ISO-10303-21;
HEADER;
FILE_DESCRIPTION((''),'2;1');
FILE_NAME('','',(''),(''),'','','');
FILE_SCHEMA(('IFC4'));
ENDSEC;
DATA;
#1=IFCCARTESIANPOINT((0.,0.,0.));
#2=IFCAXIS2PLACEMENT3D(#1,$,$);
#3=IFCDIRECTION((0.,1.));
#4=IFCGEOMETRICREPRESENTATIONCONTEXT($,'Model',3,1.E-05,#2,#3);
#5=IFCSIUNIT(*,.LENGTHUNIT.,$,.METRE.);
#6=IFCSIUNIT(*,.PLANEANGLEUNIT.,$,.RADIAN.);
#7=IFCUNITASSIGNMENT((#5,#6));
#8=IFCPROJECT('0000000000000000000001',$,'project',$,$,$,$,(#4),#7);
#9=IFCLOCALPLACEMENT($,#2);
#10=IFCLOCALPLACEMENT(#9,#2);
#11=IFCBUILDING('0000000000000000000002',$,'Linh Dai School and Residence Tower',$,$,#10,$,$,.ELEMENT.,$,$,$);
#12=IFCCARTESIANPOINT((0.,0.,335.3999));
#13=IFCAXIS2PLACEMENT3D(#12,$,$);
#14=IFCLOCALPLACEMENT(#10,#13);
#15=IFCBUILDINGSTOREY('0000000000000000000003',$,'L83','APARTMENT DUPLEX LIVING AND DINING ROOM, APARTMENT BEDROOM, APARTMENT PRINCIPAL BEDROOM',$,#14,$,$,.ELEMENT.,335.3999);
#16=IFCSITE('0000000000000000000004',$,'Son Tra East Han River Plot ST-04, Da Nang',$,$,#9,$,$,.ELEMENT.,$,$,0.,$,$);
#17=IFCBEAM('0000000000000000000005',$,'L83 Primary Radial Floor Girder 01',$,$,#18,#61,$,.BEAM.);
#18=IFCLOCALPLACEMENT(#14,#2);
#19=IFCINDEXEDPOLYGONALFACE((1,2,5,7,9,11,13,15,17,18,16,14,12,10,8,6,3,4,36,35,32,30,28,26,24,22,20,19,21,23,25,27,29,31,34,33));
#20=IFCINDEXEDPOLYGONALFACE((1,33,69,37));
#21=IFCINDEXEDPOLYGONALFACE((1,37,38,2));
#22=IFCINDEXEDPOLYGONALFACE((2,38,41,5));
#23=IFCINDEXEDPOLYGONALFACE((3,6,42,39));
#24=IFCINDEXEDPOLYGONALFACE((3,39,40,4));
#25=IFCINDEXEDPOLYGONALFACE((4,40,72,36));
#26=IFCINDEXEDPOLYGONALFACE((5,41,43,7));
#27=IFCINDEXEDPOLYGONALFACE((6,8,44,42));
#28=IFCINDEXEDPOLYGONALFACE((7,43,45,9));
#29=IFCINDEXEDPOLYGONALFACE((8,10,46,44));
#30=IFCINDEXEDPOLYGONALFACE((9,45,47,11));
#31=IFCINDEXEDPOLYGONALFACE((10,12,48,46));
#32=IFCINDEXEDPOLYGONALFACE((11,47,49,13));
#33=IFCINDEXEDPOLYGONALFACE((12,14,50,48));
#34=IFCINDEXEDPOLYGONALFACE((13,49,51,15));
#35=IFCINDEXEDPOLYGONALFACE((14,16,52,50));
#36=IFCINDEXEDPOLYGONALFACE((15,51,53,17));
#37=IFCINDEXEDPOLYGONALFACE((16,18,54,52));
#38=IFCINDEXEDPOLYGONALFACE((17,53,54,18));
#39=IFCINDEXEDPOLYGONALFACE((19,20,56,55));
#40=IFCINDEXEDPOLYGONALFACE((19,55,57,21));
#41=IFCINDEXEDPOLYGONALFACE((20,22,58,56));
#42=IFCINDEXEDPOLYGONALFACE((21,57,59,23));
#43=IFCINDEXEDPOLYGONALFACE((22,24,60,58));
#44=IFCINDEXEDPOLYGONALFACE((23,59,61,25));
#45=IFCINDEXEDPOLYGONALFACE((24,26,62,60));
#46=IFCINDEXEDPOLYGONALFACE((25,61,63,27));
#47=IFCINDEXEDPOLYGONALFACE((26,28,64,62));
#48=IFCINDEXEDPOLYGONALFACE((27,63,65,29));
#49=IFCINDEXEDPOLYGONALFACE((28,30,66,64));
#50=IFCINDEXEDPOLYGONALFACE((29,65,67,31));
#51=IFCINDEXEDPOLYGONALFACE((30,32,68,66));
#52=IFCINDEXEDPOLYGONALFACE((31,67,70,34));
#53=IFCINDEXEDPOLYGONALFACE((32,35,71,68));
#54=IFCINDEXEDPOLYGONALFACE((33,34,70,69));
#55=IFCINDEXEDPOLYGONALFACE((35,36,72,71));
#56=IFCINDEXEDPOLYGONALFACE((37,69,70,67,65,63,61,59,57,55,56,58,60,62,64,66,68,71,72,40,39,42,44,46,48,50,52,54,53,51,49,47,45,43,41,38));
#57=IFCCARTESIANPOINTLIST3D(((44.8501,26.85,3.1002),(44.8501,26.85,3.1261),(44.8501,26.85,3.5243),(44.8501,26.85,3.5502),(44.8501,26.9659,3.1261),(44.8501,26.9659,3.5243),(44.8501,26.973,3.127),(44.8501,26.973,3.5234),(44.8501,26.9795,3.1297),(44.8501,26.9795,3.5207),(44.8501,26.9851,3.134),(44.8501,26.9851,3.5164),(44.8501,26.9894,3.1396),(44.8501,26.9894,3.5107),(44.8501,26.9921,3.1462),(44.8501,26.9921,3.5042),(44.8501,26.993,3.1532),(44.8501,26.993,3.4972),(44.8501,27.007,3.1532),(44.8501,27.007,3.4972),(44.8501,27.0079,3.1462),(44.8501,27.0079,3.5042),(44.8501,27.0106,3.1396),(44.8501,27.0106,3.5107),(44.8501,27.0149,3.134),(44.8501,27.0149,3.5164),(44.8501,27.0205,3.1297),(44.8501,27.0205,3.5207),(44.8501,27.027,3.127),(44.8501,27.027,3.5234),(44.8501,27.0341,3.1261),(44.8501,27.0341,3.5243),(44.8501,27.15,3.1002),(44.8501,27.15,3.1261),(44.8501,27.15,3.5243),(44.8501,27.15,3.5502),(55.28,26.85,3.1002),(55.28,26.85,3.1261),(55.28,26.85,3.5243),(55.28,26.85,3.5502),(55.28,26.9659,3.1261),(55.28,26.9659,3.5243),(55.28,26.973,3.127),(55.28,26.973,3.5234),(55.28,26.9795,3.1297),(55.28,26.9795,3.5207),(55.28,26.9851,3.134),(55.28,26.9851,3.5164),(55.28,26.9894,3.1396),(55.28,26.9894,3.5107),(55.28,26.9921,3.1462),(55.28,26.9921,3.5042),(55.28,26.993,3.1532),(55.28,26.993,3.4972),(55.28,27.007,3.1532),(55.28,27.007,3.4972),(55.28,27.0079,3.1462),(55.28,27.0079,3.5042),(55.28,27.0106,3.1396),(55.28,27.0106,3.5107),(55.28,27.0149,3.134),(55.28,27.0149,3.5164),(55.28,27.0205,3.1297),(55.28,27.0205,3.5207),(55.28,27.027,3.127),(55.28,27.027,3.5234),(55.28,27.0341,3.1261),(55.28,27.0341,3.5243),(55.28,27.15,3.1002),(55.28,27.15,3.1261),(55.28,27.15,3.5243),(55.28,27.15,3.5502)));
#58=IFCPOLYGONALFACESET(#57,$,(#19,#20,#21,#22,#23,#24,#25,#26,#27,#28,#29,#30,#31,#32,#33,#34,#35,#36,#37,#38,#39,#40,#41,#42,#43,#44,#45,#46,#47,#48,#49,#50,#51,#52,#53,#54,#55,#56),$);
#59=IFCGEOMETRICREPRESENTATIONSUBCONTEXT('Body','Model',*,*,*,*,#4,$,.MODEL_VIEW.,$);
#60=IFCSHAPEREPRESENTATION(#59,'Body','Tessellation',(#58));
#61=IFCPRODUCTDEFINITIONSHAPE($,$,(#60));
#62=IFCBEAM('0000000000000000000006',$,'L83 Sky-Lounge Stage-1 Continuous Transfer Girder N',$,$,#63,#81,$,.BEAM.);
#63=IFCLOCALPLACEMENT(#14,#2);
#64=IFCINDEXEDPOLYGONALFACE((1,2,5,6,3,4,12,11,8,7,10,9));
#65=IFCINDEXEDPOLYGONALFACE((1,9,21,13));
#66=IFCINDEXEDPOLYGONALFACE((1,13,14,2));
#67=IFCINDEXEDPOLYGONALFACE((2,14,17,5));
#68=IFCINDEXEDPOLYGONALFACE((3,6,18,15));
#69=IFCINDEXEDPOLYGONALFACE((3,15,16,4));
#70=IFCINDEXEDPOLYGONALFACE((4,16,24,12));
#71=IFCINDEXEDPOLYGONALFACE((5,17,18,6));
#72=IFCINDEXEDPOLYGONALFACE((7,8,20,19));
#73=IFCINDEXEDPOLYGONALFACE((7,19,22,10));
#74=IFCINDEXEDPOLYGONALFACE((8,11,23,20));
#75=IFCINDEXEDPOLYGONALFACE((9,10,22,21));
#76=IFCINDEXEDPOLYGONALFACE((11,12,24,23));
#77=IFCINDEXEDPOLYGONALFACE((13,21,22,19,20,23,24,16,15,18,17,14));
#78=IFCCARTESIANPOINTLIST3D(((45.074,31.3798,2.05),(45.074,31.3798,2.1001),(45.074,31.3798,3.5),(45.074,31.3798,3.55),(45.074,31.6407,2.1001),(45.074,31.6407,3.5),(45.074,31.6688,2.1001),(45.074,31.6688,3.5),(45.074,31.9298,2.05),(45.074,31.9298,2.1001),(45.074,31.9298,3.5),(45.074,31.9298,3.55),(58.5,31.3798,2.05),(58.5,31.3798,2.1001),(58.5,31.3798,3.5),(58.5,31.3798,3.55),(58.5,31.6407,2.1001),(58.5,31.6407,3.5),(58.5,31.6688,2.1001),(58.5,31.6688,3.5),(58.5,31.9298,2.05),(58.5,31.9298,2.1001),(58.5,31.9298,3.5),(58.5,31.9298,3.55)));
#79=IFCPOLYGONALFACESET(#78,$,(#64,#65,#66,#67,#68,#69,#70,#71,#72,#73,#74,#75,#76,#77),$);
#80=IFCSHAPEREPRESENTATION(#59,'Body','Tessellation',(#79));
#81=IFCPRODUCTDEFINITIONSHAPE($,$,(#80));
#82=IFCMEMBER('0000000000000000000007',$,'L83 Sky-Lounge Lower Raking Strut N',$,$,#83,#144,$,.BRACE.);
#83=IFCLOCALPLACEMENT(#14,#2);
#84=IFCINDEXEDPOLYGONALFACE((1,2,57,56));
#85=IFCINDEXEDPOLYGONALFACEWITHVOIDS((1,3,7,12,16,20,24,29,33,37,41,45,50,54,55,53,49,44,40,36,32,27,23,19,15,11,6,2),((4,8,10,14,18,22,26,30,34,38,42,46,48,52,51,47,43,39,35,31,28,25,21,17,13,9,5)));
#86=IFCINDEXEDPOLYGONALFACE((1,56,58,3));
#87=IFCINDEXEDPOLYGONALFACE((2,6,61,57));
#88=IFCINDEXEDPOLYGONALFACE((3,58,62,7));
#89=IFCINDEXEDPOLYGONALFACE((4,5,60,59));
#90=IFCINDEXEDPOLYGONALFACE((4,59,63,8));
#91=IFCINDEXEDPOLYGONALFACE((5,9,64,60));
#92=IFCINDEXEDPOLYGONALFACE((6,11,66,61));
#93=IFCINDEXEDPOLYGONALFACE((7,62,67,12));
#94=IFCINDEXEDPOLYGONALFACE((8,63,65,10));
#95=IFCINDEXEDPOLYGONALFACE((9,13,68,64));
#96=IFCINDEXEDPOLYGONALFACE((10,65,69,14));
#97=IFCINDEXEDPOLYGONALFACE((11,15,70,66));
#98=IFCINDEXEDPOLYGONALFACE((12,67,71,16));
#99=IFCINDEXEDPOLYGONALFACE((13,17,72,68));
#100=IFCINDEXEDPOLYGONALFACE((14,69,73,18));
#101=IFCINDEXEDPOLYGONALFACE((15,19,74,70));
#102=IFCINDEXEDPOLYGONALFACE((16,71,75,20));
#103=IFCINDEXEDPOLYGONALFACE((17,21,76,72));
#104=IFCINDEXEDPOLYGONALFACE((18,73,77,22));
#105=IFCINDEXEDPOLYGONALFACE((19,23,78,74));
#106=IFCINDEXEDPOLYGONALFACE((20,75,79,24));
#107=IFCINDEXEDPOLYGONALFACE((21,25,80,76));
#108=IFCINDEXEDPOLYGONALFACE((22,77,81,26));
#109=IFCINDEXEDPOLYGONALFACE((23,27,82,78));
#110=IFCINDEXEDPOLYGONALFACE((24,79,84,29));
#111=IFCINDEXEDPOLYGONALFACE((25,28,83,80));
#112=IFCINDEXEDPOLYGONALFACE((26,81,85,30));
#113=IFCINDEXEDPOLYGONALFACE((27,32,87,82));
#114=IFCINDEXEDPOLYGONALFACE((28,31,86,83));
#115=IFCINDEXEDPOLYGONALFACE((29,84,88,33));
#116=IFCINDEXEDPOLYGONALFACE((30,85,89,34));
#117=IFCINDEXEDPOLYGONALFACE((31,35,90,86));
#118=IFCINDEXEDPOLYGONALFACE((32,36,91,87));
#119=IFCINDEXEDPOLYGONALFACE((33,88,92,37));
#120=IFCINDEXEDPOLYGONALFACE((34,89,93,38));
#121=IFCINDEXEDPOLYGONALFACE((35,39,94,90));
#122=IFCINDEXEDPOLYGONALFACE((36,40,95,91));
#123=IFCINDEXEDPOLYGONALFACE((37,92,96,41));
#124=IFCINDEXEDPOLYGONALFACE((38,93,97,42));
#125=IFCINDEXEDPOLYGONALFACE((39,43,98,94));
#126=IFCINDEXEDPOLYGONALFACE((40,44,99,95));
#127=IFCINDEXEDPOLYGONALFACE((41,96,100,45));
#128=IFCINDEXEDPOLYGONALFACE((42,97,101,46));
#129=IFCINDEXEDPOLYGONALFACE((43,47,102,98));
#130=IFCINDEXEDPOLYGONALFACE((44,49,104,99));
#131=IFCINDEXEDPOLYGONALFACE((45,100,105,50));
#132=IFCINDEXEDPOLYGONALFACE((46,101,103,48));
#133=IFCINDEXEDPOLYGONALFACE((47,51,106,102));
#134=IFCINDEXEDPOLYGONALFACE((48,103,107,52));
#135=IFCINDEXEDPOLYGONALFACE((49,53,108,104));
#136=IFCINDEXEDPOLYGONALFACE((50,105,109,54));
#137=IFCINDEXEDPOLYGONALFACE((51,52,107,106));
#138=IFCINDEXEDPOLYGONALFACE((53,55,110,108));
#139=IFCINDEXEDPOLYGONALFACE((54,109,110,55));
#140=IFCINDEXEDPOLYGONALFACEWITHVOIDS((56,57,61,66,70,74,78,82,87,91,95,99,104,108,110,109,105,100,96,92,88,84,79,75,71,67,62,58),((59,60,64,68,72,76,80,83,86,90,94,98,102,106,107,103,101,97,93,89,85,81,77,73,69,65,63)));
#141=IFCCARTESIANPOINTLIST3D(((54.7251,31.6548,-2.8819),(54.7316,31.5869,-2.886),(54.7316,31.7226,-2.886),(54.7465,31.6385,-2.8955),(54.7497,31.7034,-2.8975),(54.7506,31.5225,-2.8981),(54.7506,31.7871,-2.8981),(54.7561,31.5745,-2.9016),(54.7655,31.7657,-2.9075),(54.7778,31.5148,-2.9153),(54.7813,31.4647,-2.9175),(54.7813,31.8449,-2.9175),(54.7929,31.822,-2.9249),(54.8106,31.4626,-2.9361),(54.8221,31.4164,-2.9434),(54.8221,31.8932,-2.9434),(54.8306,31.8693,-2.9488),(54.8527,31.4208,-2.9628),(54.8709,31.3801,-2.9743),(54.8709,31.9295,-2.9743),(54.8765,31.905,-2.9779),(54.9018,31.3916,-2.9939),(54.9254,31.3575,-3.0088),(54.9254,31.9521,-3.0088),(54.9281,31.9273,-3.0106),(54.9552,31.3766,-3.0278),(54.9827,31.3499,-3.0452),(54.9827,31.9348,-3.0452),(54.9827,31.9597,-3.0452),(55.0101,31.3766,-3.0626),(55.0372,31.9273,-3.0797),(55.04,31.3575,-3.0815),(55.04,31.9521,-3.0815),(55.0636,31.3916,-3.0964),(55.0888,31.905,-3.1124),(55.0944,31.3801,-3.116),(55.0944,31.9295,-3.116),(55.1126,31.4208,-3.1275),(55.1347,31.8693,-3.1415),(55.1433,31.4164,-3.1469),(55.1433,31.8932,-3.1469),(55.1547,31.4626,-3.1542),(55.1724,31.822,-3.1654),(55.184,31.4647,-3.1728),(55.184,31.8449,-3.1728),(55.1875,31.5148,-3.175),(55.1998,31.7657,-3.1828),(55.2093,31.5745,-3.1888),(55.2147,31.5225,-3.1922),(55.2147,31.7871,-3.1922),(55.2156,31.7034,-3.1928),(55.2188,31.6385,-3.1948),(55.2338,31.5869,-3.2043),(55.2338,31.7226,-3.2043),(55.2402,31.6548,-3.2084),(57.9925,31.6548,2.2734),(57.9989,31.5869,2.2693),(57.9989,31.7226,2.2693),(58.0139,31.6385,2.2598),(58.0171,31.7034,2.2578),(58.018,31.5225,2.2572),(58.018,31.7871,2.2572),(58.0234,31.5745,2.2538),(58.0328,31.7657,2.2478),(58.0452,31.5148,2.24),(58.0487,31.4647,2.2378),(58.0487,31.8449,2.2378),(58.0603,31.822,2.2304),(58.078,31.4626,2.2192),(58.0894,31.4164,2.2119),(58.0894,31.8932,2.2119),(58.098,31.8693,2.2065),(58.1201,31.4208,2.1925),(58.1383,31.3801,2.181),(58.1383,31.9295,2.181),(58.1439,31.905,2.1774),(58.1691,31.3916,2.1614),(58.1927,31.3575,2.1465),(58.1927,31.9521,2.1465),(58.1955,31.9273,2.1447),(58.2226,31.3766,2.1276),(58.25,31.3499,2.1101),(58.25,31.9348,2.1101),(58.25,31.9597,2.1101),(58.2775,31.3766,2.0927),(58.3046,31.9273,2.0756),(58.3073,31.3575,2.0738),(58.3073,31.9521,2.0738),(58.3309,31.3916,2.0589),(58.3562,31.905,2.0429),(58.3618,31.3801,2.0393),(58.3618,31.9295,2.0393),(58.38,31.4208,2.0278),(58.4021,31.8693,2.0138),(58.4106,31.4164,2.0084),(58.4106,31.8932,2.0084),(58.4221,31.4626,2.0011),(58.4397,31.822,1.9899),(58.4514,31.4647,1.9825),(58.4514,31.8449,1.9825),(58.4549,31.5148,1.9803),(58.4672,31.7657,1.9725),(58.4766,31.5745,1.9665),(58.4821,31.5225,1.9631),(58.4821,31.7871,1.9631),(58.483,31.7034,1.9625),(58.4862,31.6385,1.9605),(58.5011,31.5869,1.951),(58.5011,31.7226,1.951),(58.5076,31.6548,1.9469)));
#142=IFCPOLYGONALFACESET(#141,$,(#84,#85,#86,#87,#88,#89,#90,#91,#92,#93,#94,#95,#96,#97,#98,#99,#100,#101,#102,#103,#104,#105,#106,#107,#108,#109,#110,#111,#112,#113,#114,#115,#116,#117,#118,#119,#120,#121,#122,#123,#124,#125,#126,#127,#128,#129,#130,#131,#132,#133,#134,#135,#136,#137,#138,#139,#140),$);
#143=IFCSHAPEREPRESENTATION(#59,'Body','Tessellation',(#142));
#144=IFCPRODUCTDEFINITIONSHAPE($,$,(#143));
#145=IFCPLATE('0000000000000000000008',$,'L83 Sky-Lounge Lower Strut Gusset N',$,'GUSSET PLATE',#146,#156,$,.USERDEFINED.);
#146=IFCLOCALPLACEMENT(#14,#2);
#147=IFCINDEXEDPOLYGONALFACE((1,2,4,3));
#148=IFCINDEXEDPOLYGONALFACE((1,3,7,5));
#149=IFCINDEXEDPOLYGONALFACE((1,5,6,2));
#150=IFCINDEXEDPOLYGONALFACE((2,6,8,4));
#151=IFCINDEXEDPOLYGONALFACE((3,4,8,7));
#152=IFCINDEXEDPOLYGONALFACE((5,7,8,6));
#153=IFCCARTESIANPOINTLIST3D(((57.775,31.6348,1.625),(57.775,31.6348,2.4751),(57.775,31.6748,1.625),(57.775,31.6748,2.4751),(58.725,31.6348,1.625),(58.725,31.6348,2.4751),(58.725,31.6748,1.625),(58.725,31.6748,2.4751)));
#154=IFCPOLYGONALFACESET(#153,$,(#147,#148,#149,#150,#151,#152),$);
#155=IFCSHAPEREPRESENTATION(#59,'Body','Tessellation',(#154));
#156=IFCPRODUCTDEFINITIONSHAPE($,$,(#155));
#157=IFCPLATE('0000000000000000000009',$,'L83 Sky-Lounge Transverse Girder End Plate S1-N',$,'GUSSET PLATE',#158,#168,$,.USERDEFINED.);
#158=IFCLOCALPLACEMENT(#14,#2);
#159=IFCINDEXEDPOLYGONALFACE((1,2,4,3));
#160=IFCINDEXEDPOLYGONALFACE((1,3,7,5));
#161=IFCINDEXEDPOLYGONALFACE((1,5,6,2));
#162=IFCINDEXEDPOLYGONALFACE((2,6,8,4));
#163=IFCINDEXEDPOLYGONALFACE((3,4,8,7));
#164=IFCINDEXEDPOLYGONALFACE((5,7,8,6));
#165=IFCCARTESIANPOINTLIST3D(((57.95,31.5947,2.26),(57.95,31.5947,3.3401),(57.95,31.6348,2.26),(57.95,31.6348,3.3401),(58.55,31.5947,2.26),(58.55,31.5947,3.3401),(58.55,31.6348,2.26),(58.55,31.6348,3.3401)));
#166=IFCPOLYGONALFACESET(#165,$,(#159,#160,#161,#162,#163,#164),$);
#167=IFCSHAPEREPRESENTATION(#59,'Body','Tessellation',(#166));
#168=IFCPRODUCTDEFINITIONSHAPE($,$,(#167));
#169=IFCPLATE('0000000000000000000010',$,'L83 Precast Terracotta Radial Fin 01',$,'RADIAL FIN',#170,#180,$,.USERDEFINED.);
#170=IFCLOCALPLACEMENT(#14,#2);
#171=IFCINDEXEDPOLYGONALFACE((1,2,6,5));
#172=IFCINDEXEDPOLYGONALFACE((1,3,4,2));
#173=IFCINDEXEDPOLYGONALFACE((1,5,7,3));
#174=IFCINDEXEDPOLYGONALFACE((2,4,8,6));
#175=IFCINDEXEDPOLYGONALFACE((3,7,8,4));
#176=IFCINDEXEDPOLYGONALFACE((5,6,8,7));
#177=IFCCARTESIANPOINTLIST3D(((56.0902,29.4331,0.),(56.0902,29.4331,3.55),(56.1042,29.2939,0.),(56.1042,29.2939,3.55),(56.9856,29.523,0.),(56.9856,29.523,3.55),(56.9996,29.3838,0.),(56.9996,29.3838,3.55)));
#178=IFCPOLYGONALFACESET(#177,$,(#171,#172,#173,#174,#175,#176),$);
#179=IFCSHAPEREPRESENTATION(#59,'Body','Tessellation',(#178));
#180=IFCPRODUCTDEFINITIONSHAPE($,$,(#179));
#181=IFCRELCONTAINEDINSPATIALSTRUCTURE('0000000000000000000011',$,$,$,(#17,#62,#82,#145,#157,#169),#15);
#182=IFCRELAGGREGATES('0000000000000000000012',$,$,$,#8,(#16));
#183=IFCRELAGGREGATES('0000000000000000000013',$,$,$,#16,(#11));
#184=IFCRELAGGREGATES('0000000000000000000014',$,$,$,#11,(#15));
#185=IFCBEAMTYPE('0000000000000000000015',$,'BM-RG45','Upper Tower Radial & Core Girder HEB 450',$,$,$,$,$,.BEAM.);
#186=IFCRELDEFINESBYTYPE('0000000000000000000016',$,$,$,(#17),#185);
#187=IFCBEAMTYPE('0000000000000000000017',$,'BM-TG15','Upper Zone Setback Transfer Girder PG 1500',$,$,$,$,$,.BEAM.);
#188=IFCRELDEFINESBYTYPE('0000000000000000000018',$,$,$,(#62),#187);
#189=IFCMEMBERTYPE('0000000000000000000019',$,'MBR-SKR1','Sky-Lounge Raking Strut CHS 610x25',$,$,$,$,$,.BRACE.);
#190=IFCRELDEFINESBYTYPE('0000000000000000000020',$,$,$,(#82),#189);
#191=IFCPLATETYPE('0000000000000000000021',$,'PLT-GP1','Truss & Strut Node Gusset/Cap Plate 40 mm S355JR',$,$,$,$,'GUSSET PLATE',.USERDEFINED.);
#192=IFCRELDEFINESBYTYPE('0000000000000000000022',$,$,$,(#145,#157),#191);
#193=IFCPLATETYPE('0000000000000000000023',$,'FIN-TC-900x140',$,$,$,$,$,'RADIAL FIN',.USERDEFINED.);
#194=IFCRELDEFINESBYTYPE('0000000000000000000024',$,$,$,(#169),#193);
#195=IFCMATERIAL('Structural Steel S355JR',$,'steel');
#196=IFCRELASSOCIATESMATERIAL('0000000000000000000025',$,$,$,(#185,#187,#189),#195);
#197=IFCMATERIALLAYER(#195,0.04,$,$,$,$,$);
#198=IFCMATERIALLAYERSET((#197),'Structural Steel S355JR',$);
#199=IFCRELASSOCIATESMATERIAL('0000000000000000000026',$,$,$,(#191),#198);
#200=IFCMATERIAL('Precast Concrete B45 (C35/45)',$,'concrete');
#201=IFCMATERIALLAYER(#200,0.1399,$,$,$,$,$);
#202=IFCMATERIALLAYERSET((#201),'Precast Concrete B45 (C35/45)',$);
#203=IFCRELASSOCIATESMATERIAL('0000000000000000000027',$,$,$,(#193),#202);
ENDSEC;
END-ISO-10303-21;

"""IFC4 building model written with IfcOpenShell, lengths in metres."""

from ifc_helpers import new_model, si_unit, direction, frame, origin, origin_2d, place, context, subcontext, project, spatial, rectangle, hollow_circle, i_section, extrude, source, transform, mapped, material, layer, layer_set, material_profile, profile_set, type_object, element, save


model = new_model("IFC4")

# Units and contexts
model_context = context("Model", 3, precision=1e-05, world=origin(), true_north=direction((0.0, 1.0)))
body_context = subcontext(model_context, "Body", "Model", "MODEL_VIEW")
ifc_project = project(units=[si_unit("LENGTHUNIT", "METRE"), si_unit("PLANEANGLEUNIT", "RADIAN")], contexts=[model_context])

# Site, building, storey
site_placement = place(None, origin())
site = spatial("IfcSite", under=ifc_project, at=site_placement, Name="Son Tra East Han River Plot ST-04, Da Nang", CompositionType="ELEMENT", RefElevation=0.0)
building_placement = place(site_placement, origin())
building = spatial("IfcBuilding", under=site, at=building_placement, Name="Linh Dai School and Residence Tower", CompositionType="ELEMENT")
storey_placement = place(building_placement, frame((0.0, 0.0, 335.3999)))
storey = spatial("IfcBuildingStorey", under=building, at=storey_placement, Name="L83", Description="APARTMENT DUPLEX LIVING AND DINING ROOM, APARTMENT BEDROOM, APARTMENT PRINCIPAL BEDROOM", CompositionType="ELEMENT", Elevation=335.3999)

# Shared definitions
ifc_material_1 = material(Name="Structural Steel S355JR", Category="steel")

# Beams
ifc_material_profile_1 = material_profile(ifc_material_1, i_section(OverallWidth=0.3, OverallDepth=0.45, WebThickness=0.0139, FlangeThickness=0.0259, FilletRadius=0.0271, at=origin_2d()), Name="HEB 450")
ifc_profile_set_1 = profile_set([ifc_material_profile_1], Name="Structural Steel S355JR")
beam_type_1 = type_object("IfcBeamType", Name="BM-RG45", Description="Upper Tower Radial & Core Girder HEB 450", PredefinedType="BEAM", material=ifc_profile_set_1)
beam_1_placement = place(storey_placement, frame((44.8501, 27.0, 3.3252), z_axis=(1.0, 0.0, 0.0), x_axis=(0.0, 1.0, 0.0)))
element("IfcBeam", 1, at=beam_1_placement, inside=storey, type_object=beam_type_1, Name="L83 Primary Radial Floor Girder 01", PredefinedType="BEAM", context=body_context, shape_type="SweptSolid", body=[
    extrude(i_section(OverallWidth=0.3, OverallDepth=0.45, WebThickness=0.0139, FlangeThickness=0.0259, FilletRadius=0.0271, at=origin_2d()), origin(), (0.0, 0.0, 1.0), 10.4299),
])
ifc_material_profile_2 = material_profile(ifc_material_1, i_section(OverallWidth=0.55, OverallDepth=1.5, WebThickness=0.0281, FlangeThickness=0.05, at=origin_2d()), Name="PG 1500x550x28x50")
ifc_profile_set_2 = profile_set([ifc_material_profile_2], Name="Structural Steel S355JR")
beam_type_2 = type_object("IfcBeamType", Name="BM-TG15", Description="Upper Zone Setback Transfer Girder PG 1500", PredefinedType="BEAM", material=ifc_profile_set_2)
beam_2_placement = place(storey_placement, frame((45.074, 31.6548, 2.8), z_axis=(1.0, 0.0, 0.0), x_axis=(0.0, 1.0, 0.0)))
element("IfcBeam", 2, at=beam_2_placement, inside=storey, type_object=beam_type_2, Name="L83 Sky-Lounge Stage-1 Continuous Transfer Girder N", PredefinedType="BEAM", context=body_context, shape_type="SweptSolid", body=[
    extrude(i_section(OverallWidth=0.55, OverallDepth=1.5, WebThickness=0.0281, FlangeThickness=0.05, at=origin_2d()), origin(), (0.0, 0.0, 1.0), 13.426),
])

# Member
ifc_material_profile_3 = material_profile(ifc_material_1, hollow_circle(Radius=0.3049, WallThickness=0.0249, at=origin_2d()), Name="CHS 610x25")
ifc_profile_set_3 = profile_set([ifc_material_profile_3], Name="Structural Steel S355JR")
member_type = type_object("IfcMemberType", Name="MBR-SKR1", Description="Sky-Lounge Raking Strut CHS 610x25", PredefinedType="BRACE", material=ifc_profile_set_3)
member_placement = place(storey_placement, frame((54.9827, 31.6548, -3.0452), z_axis=(0.535324, 0.0, 0.844647), x_axis=(0.0, 1.0, 0.0)))
element("IfcMember", 3, at=member_placement, inside=storey, type_object=member_type, Name="L83 Sky-Lounge Lower Raking Strut N", PredefinedType="BRACE", context=body_context, shape_type="SweptSolid", body=[
    extrude(hollow_circle(Radius=0.3049, WallThickness=0.0249, at=origin_2d()), origin(), (0.0, 0.0, 1.0), 6.1035),
])

# Plates
ifc_layer_1 = layer(ifc_material_1, 0.04)
ifc_layer_set_1 = layer_set([ifc_layer_1], Name="Structural Steel S355JR")
plate_type_1 = type_object("IfcPlateType", Name="PLT-GP1", Description="Truss & Strut Node Gusset/Cap Plate 40 mm S355JR", ElementType="GUSSET PLATE", PredefinedType="USERDEFINED", material=ifc_layer_set_1)
shared_shape_1 = source(origin(), body_context, "Body", "SweptSolid", [
    extrude(rectangle(XDim=0.95, YDim=0.04, at=origin_2d()), origin(), (0.0, 0.0, 1.0), 0.8501),
])
plate_1_placement = place(storey_placement, frame((58.25, 31.6548, 1.625), z_axis=(0.0, 0.0, 1.0), x_axis=(1.0, 0.0, 0.0)))
element("IfcPlate", 4, at=plate_1_placement, inside=storey, type_object=plate_type_1, Name="L83 Sky-Lounge Lower Strut Gusset N", ObjectType="GUSSET PLATE", PredefinedType="USERDEFINED", context=body_context, shape_type="MappedRepresentation", body=[
    mapped(shared_shape_1, transform((0.0, 0.0, 0.0), x_axis=(1.0, 0.0, 0.0), y_axis=(0.0, 1.0, 0.0), z_axis=(0.0, 0.0, 1.0), scale=1.0)),
])
shared_shape_2 = source(origin(), body_context, "Body", "SweptSolid", [
    extrude(rectangle(XDim=0.6001, YDim=0.04, at=origin_2d()), origin(), (0.0, 0.0, 1.0), 1.0801),
])
plate_2_placement = place(storey_placement, frame((58.25, 31.6147, 2.26), z_axis=(0.0, 0.0, 1.0), x_axis=(1.0, 0.0, 0.0)))
element("IfcPlate", 5, at=plate_2_placement, inside=storey, type_object=plate_type_1, Name="L83 Sky-Lounge Transverse Girder End Plate S1-N", ObjectType="GUSSET PLATE", PredefinedType="USERDEFINED", context=body_context, shape_type="MappedRepresentation", body=[
    mapped(shared_shape_2, transform((0.0, 0.0, 0.0), x_axis=(1.0, 0.0, 0.0), y_axis=(0.0, 1.0, 0.0), z_axis=(0.0, 0.0, 1.0), scale=1.0)),
])
ifc_material_2 = material(Name="Precast Concrete B45 (C35/45)", Category="concrete")
ifc_layer_2 = layer(ifc_material_2, 0.1399)
ifc_layer_set_2 = layer_set([ifc_layer_2], Name="Precast Concrete B45 (C35/45)")
plate_type_2 = type_object("IfcPlateType", Name="FIN-TC-900x140", ElementType="RADIAL FIN", PredefinedType="USERDEFINED", material=ifc_layer_set_2)
shared_shape_3 = source(origin(), body_context, "Body", "SweptSolid", [
    extrude(rectangle(XDim=0.8999, YDim=0.1399, at=origin_2d()), origin(), (0.0, 0.0, 1.0), 3.55),
])
plate_3_placement = place(storey_placement, frame((56.5449, 29.4084, 0.0), z_axis=(0.0, 0.0, 1.0), x_axis=(0.994988, 0.099992, 0.0)))
element("IfcPlate", 6, at=plate_3_placement, inside=storey, type_object=plate_type_2, Name="L83 Precast Terracotta Radial Fin 01", ObjectType="RADIAL FIN", PredefinedType="USERDEFINED", context=body_context, shape_type="MappedRepresentation", body=[
    mapped(shared_shape_3, transform((0.0, 0.0, 0.0), x_axis=(1.0, 0.0, 0.0), y_axis=(0.0, 1.0, 0.0), z_axis=(0.0, 0.0, 1.0), scale=1.0)),
])

save(model, "model.ifc")
